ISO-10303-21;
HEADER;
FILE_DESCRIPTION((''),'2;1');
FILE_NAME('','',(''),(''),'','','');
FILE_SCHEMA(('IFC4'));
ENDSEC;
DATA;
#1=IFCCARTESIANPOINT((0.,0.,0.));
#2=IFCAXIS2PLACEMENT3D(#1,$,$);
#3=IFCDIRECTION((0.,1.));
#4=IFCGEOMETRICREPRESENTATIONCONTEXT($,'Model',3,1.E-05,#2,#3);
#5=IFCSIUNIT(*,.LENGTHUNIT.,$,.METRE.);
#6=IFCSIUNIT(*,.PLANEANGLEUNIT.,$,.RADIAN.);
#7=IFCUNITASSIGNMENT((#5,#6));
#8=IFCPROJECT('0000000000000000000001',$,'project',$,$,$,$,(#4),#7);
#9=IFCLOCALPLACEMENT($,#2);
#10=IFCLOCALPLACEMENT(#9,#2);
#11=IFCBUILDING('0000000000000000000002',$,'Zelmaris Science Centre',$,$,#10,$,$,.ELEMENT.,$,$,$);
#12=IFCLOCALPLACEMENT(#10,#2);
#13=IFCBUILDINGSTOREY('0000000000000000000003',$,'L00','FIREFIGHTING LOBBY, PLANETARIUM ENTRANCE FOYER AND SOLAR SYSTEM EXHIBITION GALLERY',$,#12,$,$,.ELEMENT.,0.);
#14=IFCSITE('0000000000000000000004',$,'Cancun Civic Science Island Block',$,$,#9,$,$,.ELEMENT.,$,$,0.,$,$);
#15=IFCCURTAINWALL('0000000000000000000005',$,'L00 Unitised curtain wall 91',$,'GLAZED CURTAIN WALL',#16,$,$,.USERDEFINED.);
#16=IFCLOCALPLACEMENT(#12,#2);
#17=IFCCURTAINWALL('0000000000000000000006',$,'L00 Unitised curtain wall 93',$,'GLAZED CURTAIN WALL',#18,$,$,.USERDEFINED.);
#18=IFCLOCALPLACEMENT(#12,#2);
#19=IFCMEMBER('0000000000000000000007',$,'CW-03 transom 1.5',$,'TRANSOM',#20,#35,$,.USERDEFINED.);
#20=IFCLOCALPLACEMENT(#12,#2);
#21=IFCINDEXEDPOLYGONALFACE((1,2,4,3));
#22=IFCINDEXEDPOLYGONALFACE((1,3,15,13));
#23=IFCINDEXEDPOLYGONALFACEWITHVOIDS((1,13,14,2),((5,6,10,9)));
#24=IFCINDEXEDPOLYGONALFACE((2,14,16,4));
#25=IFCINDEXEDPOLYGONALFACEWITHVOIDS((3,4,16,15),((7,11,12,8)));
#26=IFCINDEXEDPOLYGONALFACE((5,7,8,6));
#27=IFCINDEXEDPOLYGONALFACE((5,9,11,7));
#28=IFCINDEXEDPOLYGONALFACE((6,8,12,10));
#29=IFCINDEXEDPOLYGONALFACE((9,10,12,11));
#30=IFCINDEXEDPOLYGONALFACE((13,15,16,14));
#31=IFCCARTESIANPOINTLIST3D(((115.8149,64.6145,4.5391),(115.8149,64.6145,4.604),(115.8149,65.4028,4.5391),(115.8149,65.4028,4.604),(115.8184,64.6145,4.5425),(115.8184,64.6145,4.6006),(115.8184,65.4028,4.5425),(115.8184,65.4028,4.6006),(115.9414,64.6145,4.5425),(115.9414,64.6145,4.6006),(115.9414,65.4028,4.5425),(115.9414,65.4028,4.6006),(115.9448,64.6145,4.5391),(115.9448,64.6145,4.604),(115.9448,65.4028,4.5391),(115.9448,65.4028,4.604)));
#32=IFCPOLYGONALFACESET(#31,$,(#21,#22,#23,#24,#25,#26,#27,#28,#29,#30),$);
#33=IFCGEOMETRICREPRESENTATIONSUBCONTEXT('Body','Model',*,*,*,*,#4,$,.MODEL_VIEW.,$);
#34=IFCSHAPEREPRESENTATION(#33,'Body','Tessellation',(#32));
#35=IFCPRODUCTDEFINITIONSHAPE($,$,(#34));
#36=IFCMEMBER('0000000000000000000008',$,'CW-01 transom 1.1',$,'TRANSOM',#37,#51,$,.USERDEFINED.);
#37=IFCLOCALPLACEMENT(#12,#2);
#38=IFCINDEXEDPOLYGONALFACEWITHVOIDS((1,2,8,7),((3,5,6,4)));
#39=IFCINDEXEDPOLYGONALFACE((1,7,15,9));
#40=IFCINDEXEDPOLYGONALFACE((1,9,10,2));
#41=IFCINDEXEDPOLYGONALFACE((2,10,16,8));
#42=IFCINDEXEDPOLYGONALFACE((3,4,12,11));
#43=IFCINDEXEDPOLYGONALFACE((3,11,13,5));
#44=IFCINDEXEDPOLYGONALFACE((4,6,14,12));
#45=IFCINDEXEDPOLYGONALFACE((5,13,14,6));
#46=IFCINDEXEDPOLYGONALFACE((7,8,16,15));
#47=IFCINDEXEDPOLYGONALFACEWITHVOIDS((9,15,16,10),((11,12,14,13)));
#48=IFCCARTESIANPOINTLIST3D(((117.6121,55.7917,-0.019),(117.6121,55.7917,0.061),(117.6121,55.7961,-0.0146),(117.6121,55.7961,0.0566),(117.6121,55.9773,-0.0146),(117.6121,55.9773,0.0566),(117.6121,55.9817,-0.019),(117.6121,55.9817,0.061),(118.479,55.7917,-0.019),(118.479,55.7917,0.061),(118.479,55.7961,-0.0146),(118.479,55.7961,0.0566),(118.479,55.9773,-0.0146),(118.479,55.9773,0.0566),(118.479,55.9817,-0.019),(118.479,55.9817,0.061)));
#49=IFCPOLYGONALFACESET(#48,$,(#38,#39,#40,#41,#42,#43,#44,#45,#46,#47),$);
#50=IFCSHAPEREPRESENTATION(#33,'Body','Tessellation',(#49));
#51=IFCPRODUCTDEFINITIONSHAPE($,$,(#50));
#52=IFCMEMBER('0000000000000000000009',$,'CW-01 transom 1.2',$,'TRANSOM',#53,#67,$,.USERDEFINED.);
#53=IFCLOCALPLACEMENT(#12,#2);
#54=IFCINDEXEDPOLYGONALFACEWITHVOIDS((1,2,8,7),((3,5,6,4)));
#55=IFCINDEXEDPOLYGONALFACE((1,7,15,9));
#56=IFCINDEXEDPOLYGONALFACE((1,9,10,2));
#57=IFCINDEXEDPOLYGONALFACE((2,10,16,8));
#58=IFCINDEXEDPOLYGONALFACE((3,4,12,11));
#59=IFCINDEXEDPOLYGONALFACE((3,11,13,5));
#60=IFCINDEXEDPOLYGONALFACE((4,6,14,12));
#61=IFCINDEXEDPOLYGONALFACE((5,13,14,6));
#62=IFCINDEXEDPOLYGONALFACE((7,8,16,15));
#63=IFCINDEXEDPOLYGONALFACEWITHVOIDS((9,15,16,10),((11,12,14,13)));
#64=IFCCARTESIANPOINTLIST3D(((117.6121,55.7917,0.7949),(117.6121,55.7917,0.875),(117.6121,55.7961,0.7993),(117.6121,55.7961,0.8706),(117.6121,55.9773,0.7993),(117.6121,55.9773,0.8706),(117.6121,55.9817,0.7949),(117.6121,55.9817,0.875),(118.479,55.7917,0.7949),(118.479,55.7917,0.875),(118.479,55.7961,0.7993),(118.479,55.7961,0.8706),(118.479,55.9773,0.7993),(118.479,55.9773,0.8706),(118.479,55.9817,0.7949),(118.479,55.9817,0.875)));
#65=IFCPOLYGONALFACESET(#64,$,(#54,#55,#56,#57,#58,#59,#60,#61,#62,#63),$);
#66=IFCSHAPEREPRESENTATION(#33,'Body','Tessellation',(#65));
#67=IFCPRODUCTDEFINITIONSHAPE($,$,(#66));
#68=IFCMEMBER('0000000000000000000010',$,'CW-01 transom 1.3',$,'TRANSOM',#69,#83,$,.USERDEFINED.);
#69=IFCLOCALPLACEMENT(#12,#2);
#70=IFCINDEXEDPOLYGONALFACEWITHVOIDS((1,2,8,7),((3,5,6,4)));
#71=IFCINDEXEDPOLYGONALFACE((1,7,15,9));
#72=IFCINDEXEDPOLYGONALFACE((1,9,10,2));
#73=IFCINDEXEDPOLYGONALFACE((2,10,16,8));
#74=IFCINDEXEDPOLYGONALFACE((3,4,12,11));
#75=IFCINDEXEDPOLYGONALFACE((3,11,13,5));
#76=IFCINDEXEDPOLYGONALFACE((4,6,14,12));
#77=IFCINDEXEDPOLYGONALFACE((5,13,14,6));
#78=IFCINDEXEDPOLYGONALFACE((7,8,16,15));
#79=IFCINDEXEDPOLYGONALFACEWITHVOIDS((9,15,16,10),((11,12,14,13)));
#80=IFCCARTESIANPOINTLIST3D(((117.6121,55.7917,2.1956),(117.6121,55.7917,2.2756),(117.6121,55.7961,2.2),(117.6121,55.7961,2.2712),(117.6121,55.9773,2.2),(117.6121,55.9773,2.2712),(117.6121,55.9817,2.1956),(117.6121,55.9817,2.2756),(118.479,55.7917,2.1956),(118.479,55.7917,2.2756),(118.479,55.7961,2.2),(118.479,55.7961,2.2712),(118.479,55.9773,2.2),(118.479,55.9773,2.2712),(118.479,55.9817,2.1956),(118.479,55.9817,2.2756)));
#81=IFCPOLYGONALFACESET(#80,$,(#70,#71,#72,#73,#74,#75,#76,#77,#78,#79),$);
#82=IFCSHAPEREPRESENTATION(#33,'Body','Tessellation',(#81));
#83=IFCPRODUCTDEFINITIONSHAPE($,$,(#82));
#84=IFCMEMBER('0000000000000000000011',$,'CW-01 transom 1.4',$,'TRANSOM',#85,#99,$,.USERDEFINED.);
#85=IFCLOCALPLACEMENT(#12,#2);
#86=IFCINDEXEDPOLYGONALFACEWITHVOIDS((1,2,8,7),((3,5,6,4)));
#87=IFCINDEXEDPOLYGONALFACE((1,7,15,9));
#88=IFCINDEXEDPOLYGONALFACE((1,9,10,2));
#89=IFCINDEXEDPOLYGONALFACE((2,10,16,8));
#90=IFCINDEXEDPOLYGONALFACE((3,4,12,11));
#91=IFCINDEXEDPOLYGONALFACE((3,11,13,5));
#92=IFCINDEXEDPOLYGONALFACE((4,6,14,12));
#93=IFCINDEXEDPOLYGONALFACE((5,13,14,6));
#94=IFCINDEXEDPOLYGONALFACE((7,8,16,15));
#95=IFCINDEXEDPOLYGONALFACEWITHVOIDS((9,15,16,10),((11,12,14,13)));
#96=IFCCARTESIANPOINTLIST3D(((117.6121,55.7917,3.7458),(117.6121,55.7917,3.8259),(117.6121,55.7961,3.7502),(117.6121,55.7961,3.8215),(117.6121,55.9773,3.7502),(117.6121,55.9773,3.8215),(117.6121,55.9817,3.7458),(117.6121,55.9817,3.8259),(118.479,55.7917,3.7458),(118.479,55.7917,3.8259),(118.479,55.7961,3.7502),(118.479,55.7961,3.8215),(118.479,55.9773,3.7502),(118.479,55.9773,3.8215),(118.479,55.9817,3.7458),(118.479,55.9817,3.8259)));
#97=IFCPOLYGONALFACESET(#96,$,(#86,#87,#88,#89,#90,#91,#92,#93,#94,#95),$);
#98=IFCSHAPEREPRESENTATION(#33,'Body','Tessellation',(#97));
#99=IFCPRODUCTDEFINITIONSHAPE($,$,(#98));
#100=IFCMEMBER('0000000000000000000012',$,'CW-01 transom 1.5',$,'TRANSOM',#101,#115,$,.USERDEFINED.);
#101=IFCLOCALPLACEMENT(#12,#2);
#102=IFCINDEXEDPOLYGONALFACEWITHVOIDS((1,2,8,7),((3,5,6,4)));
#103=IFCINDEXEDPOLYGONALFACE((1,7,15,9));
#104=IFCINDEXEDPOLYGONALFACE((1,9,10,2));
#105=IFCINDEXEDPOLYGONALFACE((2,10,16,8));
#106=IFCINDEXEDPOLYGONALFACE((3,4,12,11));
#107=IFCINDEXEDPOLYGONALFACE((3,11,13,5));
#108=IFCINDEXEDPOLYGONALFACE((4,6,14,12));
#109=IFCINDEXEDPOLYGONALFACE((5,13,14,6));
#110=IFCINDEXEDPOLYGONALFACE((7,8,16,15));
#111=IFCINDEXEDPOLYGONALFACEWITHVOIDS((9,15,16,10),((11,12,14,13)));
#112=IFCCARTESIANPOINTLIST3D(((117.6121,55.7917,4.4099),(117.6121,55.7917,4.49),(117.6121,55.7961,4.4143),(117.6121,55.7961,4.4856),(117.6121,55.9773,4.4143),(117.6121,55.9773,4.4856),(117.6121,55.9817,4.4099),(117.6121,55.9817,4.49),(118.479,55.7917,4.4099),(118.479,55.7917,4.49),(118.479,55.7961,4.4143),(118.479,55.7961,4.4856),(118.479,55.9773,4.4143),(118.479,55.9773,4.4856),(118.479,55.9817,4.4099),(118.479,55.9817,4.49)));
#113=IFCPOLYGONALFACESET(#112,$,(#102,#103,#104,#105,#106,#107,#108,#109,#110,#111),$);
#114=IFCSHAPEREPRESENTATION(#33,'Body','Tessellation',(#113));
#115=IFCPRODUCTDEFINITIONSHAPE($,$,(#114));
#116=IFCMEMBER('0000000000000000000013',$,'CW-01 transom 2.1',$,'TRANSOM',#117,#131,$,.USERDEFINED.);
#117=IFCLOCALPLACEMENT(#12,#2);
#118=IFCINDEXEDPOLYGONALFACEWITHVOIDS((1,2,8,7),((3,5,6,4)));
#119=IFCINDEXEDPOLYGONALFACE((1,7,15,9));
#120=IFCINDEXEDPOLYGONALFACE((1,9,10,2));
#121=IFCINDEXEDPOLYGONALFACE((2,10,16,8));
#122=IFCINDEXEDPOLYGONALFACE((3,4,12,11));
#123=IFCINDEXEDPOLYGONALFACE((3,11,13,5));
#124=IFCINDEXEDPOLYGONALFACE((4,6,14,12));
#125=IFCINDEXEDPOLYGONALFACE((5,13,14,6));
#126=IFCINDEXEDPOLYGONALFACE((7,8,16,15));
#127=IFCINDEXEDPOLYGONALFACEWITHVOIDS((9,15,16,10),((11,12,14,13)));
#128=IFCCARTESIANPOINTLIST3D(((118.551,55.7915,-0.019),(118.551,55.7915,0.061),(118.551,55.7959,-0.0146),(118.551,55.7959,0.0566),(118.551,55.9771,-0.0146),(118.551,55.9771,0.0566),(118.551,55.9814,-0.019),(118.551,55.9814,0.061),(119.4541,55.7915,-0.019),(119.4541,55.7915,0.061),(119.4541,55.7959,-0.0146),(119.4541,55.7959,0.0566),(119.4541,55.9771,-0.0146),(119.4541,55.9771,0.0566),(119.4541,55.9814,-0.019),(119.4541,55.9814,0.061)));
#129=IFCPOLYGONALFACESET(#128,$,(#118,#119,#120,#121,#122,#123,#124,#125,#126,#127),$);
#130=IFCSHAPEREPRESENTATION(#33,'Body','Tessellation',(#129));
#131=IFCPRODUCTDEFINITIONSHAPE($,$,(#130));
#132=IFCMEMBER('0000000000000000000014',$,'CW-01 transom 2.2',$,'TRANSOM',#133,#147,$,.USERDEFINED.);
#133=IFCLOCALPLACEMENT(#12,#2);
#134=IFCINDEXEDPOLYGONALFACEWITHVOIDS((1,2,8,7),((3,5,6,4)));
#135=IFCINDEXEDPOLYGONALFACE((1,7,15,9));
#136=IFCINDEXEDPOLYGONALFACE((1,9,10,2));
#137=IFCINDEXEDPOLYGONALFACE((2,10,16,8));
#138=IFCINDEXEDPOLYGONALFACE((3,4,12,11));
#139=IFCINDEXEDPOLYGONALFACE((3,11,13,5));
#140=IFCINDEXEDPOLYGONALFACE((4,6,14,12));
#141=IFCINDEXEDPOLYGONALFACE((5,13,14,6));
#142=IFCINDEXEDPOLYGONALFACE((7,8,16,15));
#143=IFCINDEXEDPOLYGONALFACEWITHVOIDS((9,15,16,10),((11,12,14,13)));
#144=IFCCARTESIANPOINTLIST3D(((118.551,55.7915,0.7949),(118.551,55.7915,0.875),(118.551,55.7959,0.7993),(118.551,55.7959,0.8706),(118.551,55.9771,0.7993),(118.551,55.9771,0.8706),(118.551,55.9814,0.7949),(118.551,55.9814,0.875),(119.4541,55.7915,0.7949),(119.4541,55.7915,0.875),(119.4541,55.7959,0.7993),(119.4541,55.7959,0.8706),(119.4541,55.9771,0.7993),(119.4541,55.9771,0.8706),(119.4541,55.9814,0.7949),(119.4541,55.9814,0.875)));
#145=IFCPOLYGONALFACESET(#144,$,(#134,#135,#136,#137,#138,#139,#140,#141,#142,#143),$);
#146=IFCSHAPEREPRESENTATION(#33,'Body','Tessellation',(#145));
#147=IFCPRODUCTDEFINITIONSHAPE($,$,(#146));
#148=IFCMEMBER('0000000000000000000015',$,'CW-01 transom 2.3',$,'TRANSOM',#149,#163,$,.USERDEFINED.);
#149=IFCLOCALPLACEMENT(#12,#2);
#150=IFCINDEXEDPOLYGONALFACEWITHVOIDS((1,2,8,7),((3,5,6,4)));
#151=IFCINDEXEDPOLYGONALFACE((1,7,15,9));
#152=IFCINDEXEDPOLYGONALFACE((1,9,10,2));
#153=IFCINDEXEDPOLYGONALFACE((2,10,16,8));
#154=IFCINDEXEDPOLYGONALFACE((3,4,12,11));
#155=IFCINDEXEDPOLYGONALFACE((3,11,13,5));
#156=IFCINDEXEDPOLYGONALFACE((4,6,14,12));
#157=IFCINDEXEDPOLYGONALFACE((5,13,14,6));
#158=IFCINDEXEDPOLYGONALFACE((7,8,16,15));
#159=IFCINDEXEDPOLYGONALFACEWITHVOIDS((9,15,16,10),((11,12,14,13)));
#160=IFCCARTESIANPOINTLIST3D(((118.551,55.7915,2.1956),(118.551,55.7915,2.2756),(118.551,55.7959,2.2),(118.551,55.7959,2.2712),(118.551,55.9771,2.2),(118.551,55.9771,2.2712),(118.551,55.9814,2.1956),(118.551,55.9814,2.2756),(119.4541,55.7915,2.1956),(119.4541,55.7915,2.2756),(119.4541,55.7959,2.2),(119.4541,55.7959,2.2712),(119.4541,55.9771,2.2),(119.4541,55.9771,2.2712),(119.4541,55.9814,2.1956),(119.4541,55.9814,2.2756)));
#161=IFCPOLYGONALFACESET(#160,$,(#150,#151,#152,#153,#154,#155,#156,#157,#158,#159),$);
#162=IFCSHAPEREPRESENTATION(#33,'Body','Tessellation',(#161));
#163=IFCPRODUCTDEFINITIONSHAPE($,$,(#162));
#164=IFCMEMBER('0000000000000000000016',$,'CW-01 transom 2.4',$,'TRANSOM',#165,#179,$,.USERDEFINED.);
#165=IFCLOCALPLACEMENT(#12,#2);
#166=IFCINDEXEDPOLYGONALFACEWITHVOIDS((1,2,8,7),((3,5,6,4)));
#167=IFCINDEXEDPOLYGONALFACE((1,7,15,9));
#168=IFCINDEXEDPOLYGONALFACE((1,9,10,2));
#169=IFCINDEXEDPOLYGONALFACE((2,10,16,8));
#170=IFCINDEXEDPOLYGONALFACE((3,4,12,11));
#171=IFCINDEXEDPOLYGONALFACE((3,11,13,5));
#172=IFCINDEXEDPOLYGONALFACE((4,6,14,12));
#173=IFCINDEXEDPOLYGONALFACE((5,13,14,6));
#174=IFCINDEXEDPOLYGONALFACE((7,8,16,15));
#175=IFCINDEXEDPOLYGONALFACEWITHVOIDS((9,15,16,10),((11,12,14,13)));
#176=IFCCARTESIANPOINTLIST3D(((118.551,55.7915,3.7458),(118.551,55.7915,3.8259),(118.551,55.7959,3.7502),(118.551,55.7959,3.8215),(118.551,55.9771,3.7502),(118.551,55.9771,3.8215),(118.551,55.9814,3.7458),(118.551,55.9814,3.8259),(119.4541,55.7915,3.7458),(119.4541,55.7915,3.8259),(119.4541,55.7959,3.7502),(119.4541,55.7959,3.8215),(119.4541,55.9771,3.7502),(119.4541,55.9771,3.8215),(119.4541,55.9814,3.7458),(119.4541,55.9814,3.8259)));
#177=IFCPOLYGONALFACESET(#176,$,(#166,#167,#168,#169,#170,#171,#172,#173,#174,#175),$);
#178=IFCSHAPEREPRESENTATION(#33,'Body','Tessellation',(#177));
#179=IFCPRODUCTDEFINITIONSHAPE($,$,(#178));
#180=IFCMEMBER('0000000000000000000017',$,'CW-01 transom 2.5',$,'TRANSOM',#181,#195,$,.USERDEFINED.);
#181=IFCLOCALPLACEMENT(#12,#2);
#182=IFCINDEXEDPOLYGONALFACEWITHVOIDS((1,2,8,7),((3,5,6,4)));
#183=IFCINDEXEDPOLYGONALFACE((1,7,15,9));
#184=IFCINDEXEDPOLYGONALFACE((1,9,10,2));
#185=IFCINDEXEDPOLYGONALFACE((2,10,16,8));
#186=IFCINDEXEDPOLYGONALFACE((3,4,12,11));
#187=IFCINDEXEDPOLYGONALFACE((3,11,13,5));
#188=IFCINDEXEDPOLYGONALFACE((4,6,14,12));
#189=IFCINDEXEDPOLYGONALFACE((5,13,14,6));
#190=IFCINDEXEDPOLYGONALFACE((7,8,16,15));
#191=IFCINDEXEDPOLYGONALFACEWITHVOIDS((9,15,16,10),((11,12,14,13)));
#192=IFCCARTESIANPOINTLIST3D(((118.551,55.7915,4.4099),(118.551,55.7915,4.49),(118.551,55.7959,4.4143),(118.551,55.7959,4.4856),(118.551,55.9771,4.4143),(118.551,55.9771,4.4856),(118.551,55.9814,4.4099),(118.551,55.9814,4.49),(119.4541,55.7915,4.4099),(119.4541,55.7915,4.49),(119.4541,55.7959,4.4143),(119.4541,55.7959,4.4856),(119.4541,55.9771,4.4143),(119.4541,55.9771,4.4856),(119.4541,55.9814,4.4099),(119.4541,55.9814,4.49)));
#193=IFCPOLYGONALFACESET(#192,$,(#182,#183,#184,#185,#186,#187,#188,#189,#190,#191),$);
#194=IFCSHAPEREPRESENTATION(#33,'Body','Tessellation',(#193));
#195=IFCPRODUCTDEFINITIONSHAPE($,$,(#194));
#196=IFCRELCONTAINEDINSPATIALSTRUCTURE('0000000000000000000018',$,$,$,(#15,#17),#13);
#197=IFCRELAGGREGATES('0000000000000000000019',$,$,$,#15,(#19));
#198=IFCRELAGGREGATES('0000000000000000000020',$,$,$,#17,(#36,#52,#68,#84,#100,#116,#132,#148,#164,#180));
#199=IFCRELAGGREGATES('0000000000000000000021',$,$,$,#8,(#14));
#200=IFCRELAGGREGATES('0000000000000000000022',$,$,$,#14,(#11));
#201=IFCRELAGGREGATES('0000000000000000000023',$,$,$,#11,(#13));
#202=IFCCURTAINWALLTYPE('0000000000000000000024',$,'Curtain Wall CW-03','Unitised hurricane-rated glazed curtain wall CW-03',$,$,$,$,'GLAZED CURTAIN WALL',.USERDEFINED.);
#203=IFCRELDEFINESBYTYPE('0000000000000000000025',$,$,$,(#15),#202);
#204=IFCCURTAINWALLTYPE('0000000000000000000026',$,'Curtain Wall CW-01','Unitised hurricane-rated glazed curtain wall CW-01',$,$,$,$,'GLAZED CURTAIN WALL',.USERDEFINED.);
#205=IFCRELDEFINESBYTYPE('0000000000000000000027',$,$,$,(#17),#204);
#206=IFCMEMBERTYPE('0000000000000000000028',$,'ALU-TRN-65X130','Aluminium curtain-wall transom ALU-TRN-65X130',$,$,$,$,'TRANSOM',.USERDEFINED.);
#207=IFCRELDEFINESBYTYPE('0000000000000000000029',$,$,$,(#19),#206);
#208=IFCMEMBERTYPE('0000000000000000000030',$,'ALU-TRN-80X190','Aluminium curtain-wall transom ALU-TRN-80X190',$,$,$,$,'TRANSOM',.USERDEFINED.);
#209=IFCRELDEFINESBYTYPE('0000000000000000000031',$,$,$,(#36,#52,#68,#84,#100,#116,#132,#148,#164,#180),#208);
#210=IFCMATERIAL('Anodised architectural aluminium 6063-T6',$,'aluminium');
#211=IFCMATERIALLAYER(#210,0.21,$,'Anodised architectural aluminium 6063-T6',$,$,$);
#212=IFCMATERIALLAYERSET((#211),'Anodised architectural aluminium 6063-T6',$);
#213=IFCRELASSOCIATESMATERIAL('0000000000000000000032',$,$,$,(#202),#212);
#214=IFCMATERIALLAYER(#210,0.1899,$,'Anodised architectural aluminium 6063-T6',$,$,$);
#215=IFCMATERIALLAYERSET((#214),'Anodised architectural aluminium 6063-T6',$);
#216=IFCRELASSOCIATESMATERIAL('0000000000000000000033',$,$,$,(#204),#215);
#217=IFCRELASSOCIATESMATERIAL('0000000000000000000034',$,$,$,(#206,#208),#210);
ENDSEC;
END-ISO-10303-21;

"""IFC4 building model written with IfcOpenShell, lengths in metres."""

from ifc_helpers import new_model, si_unit, direction, frame, origin, origin_2d, place, context, subcontext, project, spatial, hollow_rectangle, extrude, material, layer, layer_set, material_profile, profile_set, type_object, element, aggregate, save


model = new_model("IFC4")

# Units and contexts
model_context = context("Model", 3, precision=1e-05, world=origin(), true_north=direction((0.0, 1.0)))
body_context = subcontext(model_context, "Body", "Model", "MODEL_VIEW")
ifc_project = project(units=[si_unit("LENGTHUNIT", "METRE"), si_unit("PLANEANGLEUNIT", "RADIAN")], contexts=[model_context])

# Site, building, storey
site_placement = place(None, origin())
site = spatial("IfcSite", under=ifc_project, at=site_placement, Name="Cancun Civic Science Island Block", CompositionType="ELEMENT", RefElevation=0.0)
building_placement = place(site_placement, origin())
building = spatial("IfcBuilding", under=site, at=building_placement, Name="Zelmaris Science Centre", CompositionType="ELEMENT")
storey_placement = place(building_placement, origin())
storey = spatial("IfcBuildingStorey", under=building, at=storey_placement, Name="L00", Description="FIREFIGHTING LOBBY, PLANETARIUM ENTRANCE FOYER AND SOLAR SYSTEM EXHIBITION GALLERY", CompositionType="ELEMENT", Elevation=0.0)

# Curtain wall
ifc_material_1 = material(Name="Anodised architectural aluminium 6063-T6", Category="aluminium")
ifc_layer_1 = layer(ifc_material_1, 0.21, Name="Anodised architectural aluminium 6063-T6")
ifc_layer_set_1 = layer_set([ifc_layer_1], Name="Anodised architectural aluminium 6063-T6")
curtain_wall_type_1 = type_object("IfcCurtainWallType", Name="Curtain Wall CW-03", Description="Unitised hurricane-rated glazed curtain wall CW-03", ElementType="GLAZED CURTAIN WALL", PredefinedType="USERDEFINED", material=ifc_layer_set_1)
curtain_wall_1_placement = place(storey_placement, origin())
curtain_wall_1 = element("IfcCurtainWall", 1, at=curtain_wall_1_placement, inside=storey, type_object=curtain_wall_type_1, Name="L00 Unitised curtain wall 91", ObjectType="GLAZED CURTAIN WALL", PredefinedType="USERDEFINED")

# Curtain wall
ifc_layer_2 = layer(ifc_material_1, 0.1899, Name="Anodised architectural aluminium 6063-T6")
ifc_layer_set_2 = layer_set([ifc_layer_2], Name="Anodised architectural aluminium 6063-T6")
curtain_wall_type_2 = type_object("IfcCurtainWallType", Name="Curtain Wall CW-01", Description="Unitised hurricane-rated glazed curtain wall CW-01", ElementType="GLAZED CURTAIN WALL", PredefinedType="USERDEFINED", material=ifc_layer_set_2)
curtain_wall_2_placement = place(storey_placement, origin())
curtain_wall_2 = element("IfcCurtainWall", 2, at=curtain_wall_2_placement, inside=storey, type_object=curtain_wall_type_2, Name="L00 Unitised curtain wall 93", ObjectType="GLAZED CURTAIN WALL", PredefinedType="USERDEFINED")

# Members
ifc_material_profile_1 = material_profile(ifc_material_1, hollow_rectangle(XDim=0.0649, YDim=0.1299, WallThickness=0.0034, at=origin_2d()), Name="ALU-TRN-65X130")
ifc_profile_set_1 = profile_set([ifc_material_profile_1], Name="Anodised architectural aluminium 6063-T6")
member_type_1 = type_object("IfcMemberType", Name="ALU-TRN-65X130", Description="Aluminium curtain-wall transom ALU-TRN-65X130", ElementType="TRANSOM", PredefinedType="USERDEFINED", material=ifc_profile_set_1)
member_1_placement = place(storey_placement, frame((115.8799, 65.4028, 4.5715), z_axis=(0.0, -1.0, 0.0), x_axis=(0.0, 0.0, 1.0)))
member_1 = element("IfcMember", 3, at=member_1_placement, type_object=member_type_1, Name="CW-03 transom 1.5", ObjectType="TRANSOM", PredefinedType="USERDEFINED", context=body_context, shape_type="SweptSolid", body=[
    extrude(hollow_rectangle(XDim=0.0649, YDim=0.1299, WallThickness=0.0034, at=origin_2d()), origin(), (0.0, 0.0, 1.0), 0.7883),
])
aggregate(curtain_wall_1, [member_1])
ifc_material_profile_2 = material_profile(ifc_material_1, hollow_rectangle(XDim=0.0801, YDim=0.1899, WallThickness=0.0044, at=origin_2d()), Name="ALU-TRN-80X190")
ifc_profile_set_2 = profile_set([ifc_material_profile_2], Name="Anodised architectural aluminium 6063-T6")
member_type_2 = type_object("IfcMemberType", Name="ALU-TRN-80X190", Description="Aluminium curtain-wall transom ALU-TRN-80X190", ElementType="TRANSOM", PredefinedType="USERDEFINED", material=ifc_profile_set_2)
member_2_placement = place(storey_placement, frame((117.6121, 55.8867, 0.021), z_axis=(1.0, 0.0, 0.0), x_axis=(0.0, 0.0, 1.0)))
member_2 = element("IfcMember", 4, at=member_2_placement, type_object=member_type_2, Name="CW-01 transom 1.1", ObjectType="TRANSOM", PredefinedType="USERDEFINED", context=body_context, shape_type="SweptSolid", body=[
    extrude(hollow_rectangle(XDim=0.0801, YDim=0.1899, WallThickness=0.0044, at=origin_2d()), origin(), (0.0, 0.0, 1.0), 0.8669),
])
member_3_placement = place(storey_placement, frame((117.6121, 55.8867, 0.835), z_axis=(1.0, 0.0, 0.0), x_axis=(0.0, 0.0, 1.0)))
member_3 = element("IfcMember", 5, at=member_3_placement, type_object=member_type_2, Name="CW-01 transom 1.2", ObjectType="TRANSOM", PredefinedType="USERDEFINED", context=body_context, shape_type="SweptSolid", body=[
    extrude(hollow_rectangle(XDim=0.0801, YDim=0.1899, WallThickness=0.0044, at=origin_2d()), origin(), (0.0, 0.0, 1.0), 0.8669),
])
member_4_placement = place(storey_placement, frame((117.6121, 55.8867, 2.2356), z_axis=(1.0, 0.0, 0.0), x_axis=(0.0, 0.0, 1.0)))
member_4 = element("IfcMember", 6, at=member_4_placement, type_object=member_type_2, Name="CW-01 transom 1.3", ObjectType="TRANSOM", PredefinedType="USERDEFINED", context=body_context, shape_type="SweptSolid", body=[
    extrude(hollow_rectangle(XDim=0.0801, YDim=0.1899, WallThickness=0.0044, at=origin_2d()), origin(), (0.0, 0.0, 1.0), 0.8669),
])
member_5_placement = place(storey_placement, frame((117.6121, 55.8867, 3.7859), z_axis=(1.0, 0.0, 0.0), x_axis=(0.0, 0.0, 1.0)))
member_5 = element("IfcMember", 7, at=member_5_placement, type_object=member_type_2, Name="CW-01 transom 1.4", ObjectType="TRANSOM", PredefinedType="USERDEFINED", context=body_context, shape_type="SweptSolid", body=[
    extrude(hollow_rectangle(XDim=0.0801, YDim=0.1899, WallThickness=0.0044, at=origin_2d()), origin(), (0.0, 0.0, 1.0), 0.8669),
])
member_6_placement = place(storey_placement, frame((117.6121, 55.8867, 4.45), z_axis=(1.0, 0.0, 0.0), x_axis=(0.0, 0.0, 1.0)))
member_6 = element("IfcMember", 8, at=member_6_placement, type_object=member_type_2, Name="CW-01 transom 1.5", ObjectType="TRANSOM", PredefinedType="USERDEFINED", context=body_context, shape_type="SweptSolid", body=[
    extrude(hollow_rectangle(XDim=0.0801, YDim=0.1899, WallThickness=0.0044, at=origin_2d()), origin(), (0.0, 0.0, 1.0), 0.8669),
])
member_7_placement = place(storey_placement, frame((118.551, 55.8865, 0.021), z_axis=(1.0, 0.0, 0.0), x_axis=(0.0, 0.0, 1.0)))
member_7 = element("IfcMember", 9, at=member_7_placement, type_object=member_type_2, Name="CW-01 transom 2.1", ObjectType="TRANSOM", PredefinedType="USERDEFINED", context=body_context, shape_type="SweptSolid", body=[
    extrude(hollow_rectangle(XDim=0.0801, YDim=0.1899, WallThickness=0.0044, at=origin_2d()), origin(), (0.0, 0.0, 1.0), 0.9031),
])
member_8_placement = place(storey_placement, frame((118.551, 55.8865, 0.835), z_axis=(1.0, 0.0, 0.0), x_axis=(0.0, 0.0, 1.0)))
member_8 = element("IfcMember", 10, at=member_8_placement, type_object=member_type_2, Name="CW-01 transom 2.2", ObjectType="TRANSOM", PredefinedType="USERDEFINED", context=body_context, shape_type="SweptSolid", body=[
    extrude(hollow_rectangle(XDim=0.0801, YDim=0.1899, WallThickness=0.0044, at=origin_2d()), origin(), (0.0, 0.0, 1.0), 0.9031),
])
member_9_placement = place(storey_placement, frame((118.551, 55.8865, 2.2356), z_axis=(1.0, 0.0, 0.0), x_axis=(0.0, 0.0, 1.0)))
member_9 = element("IfcMember", 11, at=member_9_placement, type_object=member_type_2, Name="CW-01 transom 2.3", ObjectType="TRANSOM", PredefinedType="USERDEFINED", context=body_context, shape_type="SweptSolid", body=[
    extrude(hollow_rectangle(XDim=0.0801, YDim=0.1899, WallThickness=0.0044, at=origin_2d()), origin(), (0.0, 0.0, 1.0), 0.9031),
])
member_10_placement = place(storey_placement, frame((118.551, 55.8865, 3.7859), z_axis=(1.0, 0.0, 0.0), x_axis=(0.0, 0.0, 1.0)))
member_10 = element("IfcMember", 12, at=member_10_placement, type_object=member_type_2, Name="CW-01 transom 2.4", ObjectType="TRANSOM", PredefinedType="USERDEFINED", context=body_context, shape_type="SweptSolid", body=[
    extrude(hollow_rectangle(XDim=0.0801, YDim=0.1899, WallThickness=0.0044, at=origin_2d()), origin(), (0.0, 0.0, 1.0), 0.9031),
])
member_11_placement = place(storey_placement, frame((118.551, 55.8865, 4.45), z_axis=(1.0, 0.0, 0.0), x_axis=(0.0, 0.0, 1.0)))
member_11 = element("IfcMember", 13, at=member_11_placement, type_object=member_type_2, Name="CW-01 transom 2.5", ObjectType="TRANSOM", PredefinedType="USERDEFINED", context=body_context, shape_type="SweptSolid", body=[
    extrude(hollow_rectangle(XDim=0.0801, YDim=0.1899, WallThickness=0.0044, at=origin_2d()), origin(), (0.0, 0.0, 1.0), 0.9031),
])

aggregate(curtain_wall_2, [member_2, member_3, member_4, member_5, member_6, member_7, member_8, member_9, member_10, member_11])

save(model, "model.ifc")
